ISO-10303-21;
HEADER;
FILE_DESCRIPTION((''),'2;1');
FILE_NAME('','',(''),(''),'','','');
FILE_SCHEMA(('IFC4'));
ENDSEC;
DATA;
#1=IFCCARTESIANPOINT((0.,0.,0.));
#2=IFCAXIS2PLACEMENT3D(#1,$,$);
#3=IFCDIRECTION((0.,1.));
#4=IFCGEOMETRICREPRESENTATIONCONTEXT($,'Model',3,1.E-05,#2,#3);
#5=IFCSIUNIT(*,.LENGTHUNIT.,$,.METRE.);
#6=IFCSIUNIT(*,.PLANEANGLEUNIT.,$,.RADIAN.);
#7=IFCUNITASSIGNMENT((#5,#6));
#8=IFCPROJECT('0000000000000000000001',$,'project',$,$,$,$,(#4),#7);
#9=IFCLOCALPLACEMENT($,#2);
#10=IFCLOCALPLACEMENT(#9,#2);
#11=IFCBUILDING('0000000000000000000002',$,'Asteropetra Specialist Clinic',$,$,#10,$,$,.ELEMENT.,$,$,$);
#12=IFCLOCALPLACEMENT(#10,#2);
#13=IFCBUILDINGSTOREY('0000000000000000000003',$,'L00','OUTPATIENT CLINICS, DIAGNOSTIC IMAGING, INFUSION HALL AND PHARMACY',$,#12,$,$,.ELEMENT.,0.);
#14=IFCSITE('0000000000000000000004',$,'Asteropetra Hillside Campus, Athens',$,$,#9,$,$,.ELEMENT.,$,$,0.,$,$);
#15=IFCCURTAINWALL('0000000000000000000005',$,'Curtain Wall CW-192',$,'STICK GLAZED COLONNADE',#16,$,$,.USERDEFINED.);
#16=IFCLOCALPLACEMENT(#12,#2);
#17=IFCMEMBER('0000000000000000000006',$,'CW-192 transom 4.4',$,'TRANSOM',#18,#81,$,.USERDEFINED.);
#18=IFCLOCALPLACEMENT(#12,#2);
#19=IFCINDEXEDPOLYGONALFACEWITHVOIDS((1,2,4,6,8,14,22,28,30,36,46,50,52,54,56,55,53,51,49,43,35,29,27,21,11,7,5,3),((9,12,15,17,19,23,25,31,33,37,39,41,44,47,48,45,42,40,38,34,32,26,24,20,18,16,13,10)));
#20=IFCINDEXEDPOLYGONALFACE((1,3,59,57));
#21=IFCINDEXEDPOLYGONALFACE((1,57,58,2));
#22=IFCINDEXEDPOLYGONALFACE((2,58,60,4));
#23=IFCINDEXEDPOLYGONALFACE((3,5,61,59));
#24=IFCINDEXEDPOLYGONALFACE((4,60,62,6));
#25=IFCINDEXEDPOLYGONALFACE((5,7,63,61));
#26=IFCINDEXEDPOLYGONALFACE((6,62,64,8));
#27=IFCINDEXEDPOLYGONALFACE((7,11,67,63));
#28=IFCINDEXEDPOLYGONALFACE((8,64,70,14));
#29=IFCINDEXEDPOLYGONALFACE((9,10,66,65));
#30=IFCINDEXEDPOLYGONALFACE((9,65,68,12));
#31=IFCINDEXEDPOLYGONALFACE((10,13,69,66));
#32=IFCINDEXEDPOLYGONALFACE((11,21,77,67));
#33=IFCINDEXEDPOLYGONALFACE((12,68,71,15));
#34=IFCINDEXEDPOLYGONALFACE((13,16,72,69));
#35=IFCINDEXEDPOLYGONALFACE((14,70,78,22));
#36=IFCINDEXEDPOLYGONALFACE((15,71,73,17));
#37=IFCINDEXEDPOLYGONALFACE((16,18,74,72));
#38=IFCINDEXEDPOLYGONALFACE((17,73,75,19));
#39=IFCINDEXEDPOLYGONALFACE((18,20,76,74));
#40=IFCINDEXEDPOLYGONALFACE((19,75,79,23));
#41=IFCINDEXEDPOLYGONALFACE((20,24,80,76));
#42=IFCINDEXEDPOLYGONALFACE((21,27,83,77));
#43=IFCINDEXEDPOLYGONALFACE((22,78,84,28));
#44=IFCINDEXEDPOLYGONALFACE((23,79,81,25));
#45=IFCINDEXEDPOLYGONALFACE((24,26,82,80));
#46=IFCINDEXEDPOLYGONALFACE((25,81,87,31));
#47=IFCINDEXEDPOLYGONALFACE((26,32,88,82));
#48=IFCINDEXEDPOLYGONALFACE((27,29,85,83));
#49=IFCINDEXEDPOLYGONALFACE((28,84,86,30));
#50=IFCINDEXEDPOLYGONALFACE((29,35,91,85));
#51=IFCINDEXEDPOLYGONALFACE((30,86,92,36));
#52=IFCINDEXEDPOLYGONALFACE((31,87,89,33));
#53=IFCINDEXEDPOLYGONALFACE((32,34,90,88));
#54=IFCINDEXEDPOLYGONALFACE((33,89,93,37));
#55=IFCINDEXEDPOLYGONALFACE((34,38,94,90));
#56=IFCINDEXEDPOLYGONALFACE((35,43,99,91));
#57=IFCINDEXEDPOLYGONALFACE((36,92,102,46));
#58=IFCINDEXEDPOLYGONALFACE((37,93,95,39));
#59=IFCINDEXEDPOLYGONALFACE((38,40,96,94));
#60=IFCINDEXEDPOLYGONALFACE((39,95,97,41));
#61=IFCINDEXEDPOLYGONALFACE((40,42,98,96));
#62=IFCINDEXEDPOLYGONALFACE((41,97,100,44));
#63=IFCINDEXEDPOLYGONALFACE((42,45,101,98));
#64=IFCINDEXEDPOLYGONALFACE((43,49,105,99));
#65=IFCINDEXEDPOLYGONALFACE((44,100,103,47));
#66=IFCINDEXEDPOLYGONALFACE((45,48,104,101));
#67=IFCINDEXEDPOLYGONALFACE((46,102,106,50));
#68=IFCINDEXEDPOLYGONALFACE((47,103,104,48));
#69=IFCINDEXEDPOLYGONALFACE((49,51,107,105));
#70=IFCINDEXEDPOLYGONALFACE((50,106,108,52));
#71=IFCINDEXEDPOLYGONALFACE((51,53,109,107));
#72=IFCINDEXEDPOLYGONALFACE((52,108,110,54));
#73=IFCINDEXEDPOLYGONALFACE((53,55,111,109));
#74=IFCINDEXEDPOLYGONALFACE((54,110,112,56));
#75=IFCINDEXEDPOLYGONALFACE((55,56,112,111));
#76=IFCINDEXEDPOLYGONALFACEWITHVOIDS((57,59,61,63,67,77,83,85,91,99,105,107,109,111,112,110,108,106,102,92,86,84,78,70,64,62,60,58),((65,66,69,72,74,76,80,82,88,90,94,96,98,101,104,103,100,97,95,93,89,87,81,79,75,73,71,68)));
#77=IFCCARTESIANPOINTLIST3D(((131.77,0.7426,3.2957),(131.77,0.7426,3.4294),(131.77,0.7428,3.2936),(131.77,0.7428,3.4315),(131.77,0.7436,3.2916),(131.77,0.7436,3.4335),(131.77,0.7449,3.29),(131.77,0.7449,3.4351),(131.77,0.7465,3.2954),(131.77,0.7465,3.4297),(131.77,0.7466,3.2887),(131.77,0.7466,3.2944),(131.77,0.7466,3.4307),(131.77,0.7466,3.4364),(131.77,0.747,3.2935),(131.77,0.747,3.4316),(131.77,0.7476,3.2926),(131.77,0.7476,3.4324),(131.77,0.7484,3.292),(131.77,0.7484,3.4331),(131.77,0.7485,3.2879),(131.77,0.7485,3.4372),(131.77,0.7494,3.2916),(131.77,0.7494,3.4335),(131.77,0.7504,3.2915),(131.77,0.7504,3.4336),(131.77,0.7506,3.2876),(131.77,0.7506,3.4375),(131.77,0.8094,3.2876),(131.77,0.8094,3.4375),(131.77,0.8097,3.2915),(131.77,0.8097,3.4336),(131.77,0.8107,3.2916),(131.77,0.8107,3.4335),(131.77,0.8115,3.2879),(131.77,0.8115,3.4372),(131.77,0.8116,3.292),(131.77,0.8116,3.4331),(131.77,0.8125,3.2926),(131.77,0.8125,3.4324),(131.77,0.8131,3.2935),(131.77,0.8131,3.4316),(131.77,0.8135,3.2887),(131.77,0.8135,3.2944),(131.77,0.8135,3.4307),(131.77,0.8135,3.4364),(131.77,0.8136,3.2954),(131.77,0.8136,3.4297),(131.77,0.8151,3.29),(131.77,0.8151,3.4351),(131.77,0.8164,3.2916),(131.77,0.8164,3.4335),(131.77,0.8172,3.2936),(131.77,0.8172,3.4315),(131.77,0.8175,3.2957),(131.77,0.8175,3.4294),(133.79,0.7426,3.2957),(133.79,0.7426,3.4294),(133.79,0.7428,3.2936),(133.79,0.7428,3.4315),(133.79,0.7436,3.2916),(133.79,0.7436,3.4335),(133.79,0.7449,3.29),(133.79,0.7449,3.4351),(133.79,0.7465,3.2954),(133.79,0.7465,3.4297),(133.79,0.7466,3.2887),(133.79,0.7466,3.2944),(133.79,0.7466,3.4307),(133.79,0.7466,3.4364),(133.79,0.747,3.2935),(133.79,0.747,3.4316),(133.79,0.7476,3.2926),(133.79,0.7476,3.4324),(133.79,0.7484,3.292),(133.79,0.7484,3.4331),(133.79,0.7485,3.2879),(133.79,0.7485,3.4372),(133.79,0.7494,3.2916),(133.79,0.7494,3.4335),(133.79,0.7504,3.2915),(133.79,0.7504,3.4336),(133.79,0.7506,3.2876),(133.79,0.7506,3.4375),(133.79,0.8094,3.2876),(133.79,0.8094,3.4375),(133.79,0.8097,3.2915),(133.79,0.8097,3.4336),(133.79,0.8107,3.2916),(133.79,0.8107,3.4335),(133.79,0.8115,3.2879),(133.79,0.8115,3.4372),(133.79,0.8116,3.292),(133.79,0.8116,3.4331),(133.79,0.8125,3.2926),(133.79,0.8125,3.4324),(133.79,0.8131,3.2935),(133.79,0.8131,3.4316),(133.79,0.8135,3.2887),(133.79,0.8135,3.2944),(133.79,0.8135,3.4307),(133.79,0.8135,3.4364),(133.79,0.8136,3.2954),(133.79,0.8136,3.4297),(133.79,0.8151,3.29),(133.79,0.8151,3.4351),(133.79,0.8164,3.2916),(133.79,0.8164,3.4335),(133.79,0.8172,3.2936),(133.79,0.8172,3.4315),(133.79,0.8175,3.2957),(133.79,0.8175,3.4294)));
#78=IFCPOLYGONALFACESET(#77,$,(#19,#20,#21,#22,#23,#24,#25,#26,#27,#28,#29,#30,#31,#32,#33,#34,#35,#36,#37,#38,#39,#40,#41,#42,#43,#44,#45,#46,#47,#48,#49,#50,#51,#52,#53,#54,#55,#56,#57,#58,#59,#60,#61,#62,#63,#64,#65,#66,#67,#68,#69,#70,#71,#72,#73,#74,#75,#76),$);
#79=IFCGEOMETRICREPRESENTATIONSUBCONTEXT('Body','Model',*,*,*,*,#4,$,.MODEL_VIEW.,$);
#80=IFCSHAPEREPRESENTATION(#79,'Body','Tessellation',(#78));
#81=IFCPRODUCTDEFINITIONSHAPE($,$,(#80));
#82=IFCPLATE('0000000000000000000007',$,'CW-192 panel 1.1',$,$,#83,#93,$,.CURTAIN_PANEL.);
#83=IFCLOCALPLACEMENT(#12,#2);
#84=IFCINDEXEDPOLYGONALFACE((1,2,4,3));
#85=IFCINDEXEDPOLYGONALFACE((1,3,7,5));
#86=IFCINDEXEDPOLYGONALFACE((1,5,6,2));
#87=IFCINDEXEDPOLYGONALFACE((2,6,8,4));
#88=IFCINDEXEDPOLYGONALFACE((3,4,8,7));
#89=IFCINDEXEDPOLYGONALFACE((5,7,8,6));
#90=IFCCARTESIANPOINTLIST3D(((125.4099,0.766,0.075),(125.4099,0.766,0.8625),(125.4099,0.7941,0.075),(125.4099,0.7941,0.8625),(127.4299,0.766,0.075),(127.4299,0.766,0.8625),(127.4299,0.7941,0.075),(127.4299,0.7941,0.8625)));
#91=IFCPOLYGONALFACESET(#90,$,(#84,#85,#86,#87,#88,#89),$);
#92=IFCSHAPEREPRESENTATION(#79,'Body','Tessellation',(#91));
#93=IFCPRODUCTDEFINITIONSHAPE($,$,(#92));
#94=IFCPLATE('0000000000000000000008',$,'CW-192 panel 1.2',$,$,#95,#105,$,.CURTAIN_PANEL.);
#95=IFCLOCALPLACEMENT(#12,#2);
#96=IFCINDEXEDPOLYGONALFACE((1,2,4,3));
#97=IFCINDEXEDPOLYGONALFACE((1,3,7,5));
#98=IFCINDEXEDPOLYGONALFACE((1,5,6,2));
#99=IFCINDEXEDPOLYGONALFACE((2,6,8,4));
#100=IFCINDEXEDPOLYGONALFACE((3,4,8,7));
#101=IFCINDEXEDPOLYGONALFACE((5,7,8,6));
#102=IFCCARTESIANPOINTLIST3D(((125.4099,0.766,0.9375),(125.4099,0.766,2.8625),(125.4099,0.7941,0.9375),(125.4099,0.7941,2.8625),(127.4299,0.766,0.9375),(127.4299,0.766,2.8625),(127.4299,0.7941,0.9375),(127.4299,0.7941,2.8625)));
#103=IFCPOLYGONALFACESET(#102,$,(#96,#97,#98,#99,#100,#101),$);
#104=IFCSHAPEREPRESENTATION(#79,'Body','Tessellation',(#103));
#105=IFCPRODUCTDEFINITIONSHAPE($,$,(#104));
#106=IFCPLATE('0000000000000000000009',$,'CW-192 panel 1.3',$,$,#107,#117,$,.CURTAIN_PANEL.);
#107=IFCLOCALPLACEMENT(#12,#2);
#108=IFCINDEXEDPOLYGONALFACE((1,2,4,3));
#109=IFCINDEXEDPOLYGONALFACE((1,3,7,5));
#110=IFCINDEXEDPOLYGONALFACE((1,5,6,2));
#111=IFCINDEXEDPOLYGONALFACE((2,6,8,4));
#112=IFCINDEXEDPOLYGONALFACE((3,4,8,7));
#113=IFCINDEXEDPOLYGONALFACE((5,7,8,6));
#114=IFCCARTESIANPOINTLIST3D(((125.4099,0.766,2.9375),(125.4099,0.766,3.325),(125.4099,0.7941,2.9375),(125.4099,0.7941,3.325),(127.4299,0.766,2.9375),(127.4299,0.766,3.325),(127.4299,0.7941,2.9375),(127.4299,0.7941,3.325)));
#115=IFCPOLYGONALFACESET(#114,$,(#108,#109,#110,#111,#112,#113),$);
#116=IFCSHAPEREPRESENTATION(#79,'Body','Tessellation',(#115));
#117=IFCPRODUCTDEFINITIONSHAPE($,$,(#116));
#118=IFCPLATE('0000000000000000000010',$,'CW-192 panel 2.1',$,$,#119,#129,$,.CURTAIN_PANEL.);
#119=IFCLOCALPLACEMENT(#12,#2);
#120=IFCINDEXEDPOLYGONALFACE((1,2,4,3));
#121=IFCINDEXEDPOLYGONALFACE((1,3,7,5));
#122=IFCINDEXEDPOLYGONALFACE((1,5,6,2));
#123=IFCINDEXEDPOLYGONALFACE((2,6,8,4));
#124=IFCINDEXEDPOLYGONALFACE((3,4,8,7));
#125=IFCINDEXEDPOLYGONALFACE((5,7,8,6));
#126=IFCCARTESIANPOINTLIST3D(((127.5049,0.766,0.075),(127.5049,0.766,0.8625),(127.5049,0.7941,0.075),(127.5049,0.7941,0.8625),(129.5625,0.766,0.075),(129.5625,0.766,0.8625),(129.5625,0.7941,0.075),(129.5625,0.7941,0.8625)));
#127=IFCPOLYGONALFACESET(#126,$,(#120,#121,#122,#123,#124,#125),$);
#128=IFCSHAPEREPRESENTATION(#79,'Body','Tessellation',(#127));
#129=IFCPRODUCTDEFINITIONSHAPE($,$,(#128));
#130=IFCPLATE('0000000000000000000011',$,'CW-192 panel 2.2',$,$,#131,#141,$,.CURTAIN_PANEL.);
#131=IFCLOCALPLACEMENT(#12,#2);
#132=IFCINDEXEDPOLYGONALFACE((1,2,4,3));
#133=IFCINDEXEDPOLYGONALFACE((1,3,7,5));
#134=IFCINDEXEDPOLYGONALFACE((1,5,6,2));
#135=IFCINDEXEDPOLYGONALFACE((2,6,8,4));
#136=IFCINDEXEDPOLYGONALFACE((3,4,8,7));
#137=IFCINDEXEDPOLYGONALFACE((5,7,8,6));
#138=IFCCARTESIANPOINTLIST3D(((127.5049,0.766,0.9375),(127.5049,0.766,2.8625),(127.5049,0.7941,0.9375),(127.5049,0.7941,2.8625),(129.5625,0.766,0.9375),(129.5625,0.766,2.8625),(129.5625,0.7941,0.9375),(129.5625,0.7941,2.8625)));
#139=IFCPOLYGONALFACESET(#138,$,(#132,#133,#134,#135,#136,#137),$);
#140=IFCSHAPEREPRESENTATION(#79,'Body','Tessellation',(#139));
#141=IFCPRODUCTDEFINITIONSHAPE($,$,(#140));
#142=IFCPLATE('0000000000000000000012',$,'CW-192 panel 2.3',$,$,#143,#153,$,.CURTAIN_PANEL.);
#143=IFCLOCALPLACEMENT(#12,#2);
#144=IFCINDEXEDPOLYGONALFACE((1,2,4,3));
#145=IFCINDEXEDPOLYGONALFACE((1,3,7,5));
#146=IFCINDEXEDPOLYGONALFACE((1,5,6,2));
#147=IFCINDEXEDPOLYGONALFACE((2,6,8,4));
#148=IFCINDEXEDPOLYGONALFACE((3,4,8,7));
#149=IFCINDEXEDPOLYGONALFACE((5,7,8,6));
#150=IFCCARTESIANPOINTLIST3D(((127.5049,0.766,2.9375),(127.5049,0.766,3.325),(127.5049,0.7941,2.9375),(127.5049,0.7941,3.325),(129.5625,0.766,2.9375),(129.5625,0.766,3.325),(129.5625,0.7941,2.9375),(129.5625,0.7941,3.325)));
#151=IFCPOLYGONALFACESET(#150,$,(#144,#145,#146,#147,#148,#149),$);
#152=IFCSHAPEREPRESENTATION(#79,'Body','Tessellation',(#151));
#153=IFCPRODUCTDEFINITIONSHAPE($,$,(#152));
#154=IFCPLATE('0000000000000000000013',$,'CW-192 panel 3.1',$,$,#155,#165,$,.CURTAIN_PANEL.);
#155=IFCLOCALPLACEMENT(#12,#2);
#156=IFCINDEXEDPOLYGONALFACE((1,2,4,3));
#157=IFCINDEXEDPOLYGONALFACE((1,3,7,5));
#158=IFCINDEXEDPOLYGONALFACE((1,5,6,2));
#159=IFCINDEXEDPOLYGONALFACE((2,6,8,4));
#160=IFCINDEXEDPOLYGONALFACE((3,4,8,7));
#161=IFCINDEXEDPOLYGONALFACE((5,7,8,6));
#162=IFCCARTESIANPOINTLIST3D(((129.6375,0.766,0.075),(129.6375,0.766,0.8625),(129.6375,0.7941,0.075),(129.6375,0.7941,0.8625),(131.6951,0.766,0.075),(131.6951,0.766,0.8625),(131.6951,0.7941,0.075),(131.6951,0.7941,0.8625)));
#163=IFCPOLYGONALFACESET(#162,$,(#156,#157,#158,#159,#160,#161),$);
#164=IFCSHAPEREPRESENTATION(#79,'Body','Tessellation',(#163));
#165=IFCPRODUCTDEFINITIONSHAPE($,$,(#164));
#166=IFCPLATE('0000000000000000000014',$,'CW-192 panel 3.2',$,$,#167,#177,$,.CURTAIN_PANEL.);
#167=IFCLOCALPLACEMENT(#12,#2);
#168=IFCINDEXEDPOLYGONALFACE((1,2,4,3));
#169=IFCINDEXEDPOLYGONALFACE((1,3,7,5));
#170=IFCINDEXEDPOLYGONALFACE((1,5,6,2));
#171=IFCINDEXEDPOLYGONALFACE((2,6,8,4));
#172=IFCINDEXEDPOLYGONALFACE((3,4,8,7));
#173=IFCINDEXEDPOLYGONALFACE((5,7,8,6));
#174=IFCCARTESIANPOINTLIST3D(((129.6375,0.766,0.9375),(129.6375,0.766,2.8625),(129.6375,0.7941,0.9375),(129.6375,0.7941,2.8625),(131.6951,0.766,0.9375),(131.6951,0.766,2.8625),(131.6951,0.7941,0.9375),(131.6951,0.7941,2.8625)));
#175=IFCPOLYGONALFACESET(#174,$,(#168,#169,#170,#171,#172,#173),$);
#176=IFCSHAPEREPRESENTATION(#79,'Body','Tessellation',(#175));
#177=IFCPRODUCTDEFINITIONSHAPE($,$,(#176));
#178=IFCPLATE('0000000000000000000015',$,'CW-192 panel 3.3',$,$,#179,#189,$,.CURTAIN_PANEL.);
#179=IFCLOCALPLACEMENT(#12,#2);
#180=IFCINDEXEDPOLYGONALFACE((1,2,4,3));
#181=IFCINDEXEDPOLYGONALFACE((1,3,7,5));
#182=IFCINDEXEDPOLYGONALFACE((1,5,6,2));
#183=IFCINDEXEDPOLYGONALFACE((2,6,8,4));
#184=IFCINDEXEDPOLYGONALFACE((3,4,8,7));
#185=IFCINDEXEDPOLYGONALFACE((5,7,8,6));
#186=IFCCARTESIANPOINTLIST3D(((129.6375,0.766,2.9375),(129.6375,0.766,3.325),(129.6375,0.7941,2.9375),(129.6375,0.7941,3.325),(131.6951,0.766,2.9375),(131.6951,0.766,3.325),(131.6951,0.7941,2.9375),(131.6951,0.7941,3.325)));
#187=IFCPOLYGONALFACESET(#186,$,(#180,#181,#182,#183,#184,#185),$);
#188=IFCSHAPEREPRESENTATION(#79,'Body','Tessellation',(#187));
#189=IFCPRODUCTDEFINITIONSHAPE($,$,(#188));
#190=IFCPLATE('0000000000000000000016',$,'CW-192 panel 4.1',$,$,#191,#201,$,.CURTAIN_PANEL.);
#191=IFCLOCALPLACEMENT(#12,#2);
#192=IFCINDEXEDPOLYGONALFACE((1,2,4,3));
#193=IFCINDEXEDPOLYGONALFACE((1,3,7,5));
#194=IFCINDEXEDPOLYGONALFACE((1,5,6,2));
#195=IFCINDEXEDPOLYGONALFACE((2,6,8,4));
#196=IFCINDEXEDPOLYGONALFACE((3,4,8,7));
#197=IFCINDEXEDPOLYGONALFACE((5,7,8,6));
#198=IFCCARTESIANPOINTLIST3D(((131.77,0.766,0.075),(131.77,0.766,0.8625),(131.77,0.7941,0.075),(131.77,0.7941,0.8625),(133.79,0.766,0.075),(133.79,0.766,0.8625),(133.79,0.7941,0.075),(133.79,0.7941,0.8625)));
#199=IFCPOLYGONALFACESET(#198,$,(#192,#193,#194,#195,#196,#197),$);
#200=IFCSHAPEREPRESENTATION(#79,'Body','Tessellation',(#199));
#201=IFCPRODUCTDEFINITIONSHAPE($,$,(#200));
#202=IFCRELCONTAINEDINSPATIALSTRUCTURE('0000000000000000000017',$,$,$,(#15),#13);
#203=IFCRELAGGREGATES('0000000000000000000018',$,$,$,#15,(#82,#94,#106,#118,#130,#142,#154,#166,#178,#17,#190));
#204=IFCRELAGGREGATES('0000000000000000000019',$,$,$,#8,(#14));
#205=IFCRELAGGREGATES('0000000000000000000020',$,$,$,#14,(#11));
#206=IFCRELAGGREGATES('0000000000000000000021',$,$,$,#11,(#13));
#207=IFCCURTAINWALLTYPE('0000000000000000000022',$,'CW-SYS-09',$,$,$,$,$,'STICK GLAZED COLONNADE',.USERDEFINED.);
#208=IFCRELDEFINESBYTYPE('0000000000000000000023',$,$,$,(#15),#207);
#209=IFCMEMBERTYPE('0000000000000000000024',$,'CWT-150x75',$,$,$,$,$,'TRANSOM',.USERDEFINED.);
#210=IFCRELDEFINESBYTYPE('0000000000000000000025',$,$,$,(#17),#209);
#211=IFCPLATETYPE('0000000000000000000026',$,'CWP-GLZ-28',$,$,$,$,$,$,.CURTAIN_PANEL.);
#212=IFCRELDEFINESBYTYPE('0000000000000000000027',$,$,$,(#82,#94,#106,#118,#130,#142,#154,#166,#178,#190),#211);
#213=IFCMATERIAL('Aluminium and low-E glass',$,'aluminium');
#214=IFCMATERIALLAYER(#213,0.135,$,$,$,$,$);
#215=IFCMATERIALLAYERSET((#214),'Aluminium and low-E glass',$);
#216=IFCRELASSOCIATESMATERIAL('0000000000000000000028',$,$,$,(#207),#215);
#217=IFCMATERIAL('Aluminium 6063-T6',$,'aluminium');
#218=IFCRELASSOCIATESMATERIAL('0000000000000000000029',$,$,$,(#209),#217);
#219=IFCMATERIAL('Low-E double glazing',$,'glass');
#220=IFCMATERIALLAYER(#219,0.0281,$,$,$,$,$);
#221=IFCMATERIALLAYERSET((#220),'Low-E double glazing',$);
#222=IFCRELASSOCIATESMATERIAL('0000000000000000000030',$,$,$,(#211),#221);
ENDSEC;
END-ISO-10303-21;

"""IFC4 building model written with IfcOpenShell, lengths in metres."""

from ifc_helpers import new_model, si_unit, direction, frame, origin, origin_2d, place, context, subcontext, project, spatial, rectangle, hollow_rectangle, extrude, material, layer, layer_set, material_profile, profile_set, type_object, element, aggregate, save


model = new_model("IFC4")

# Units and contexts
model_context = context("Model", 3, precision=1e-05, world=origin(), true_north=direction((0.0, 1.0)))
body_context = subcontext(model_context, "Body", "Model", "MODEL_VIEW")
ifc_project = project(units=[si_unit("LENGTHUNIT", "METRE"), si_unit("PLANEANGLEUNIT", "RADIAN")], contexts=[model_context])

# Site, building, storey
site_placement = place(None, origin())
site = spatial("IfcSite", under=ifc_project, at=site_placement, Name="Asteropetra Hillside Campus, Athens", CompositionType="ELEMENT", RefElevation=0.0)
building_placement = place(site_placement, origin())
building = spatial("IfcBuilding", under=site, at=building_placement, Name="Asteropetra Specialist Clinic", CompositionType="ELEMENT")
storey_placement = place(building_placement, origin())
storey = spatial("IfcBuildingStorey", under=building, at=storey_placement, Name="L00", Description="OUTPATIENT CLINICS, DIAGNOSTIC IMAGING, INFUSION HALL AND PHARMACY", CompositionType="ELEMENT", Elevation=0.0)

# Curtain wall, member, plates
ifc_material_1 = material(Name="Aluminium and low-E glass", Category="aluminium")
ifc_layer_1 = layer(ifc_material_1, 0.135)
ifc_layer_set_1 = layer_set([ifc_layer_1], Name="Aluminium and low-E glass")
curtain_wall_type = type_object("IfcCurtainWallType", Name="CW-SYS-09", ElementType="STICK GLAZED COLONNADE", PredefinedType="USERDEFINED", material=ifc_layer_set_1)
curtain_wall_placement = place(storey_placement, origin())
curtain_wall = element("IfcCurtainWall", 1, at=curtain_wall_placement, inside=storey, type_object=curtain_wall_type, Name="Curtain Wall CW-192", ObjectType="STICK GLAZED COLONNADE", PredefinedType="USERDEFINED")
ifc_material_2 = material(Name="Aluminium 6063-T6", Category="aluminium")
ifc_material_profile_1 = material_profile(ifc_material_2, hollow_rectangle(XDim=0.075, YDim=0.1499, WallThickness=0.0039, InnerFilletRadius=0.0039, OuterFilletRadius=0.0081, at=origin_2d()), Name="TRN 150x75x4.0")
ifc_profile_set_1 = profile_set([ifc_material_profile_1], Name="Aluminium 6063-T6")
member_type_1 = type_object("IfcMemberType", Name="CWT-150x75", ElementType="TRANSOM", PredefinedType="USERDEFINED", material=ifc_profile_set_1)
member_1_placement = place(storey_placement, frame((131.77, 0.78, 3.3625), z_axis=(1.0, 0.0, 0.0), x_axis=(0.0, 1.0, 0.0)))
member_1 = element("IfcMember", 2, at=member_1_placement, type_object=member_type_1, Name="CW-192 transom 4.4", ObjectType="TRANSOM", PredefinedType="USERDEFINED", context=body_context, shape_type="SweptSolid", body=[
    extrude(hollow_rectangle(XDim=0.075, YDim=0.1499, WallThickness=0.0039, InnerFilletRadius=0.0039, OuterFilletRadius=0.0081, at=origin_2d()), origin(), (0.0, 0.0, 1.0), 2.02),
])
ifc_material_3 = material(Name="Low-E double glazing", Category="glass")
ifc_layer_2 = layer(ifc_material_3, 0.0281)
ifc_layer_set_2 = layer_set([ifc_layer_2], Name="Low-E double glazing")
plate_type = type_object("IfcPlateType", Name="CWP-GLZ-28", PredefinedType="CURTAIN_PANEL", material=ifc_layer_set_2)
plate_1_placement = place(storey_placement, frame((126.4199, 0.78, 0.075), z_axis=(0.0, 0.0, 1.0), x_axis=(1.0, 0.0, 0.0)))
plate_1 = element("IfcPlate", 3, at=plate_1_placement, type_object=plate_type, Name="CW-192 panel 1.1", PredefinedType="CURTAIN_PANEL", context=body_context, shape_type="SweptSolid", body=[
    extrude(rectangle(XDim=2.02, YDim=0.0281, at=origin_2d()), origin(), (0.0, 0.0, 1.0), 0.7876),
])
plate_2_placement = place(storey_placement, frame((126.4199, 0.78, 0.9375), z_axis=(0.0, 0.0, 1.0), x_axis=(1.0, 0.0, 0.0)))
plate_2 = element("IfcPlate", 4, at=plate_2_placement, type_object=plate_type, Name="CW-192 panel 1.2", PredefinedType="CURTAIN_PANEL", context=body_context, shape_type="SweptSolid", body=[
    extrude(rectangle(XDim=2.02, YDim=0.0281, at=origin_2d()), origin(), (0.0, 0.0, 1.0), 1.925),
])
plate_3_placement = place(storey_placement, frame((126.4199, 0.78, 2.9375), z_axis=(0.0, 0.0, 1.0), x_axis=(1.0, 0.0, 0.0)))
plate_3 = element("IfcPlate", 5, at=plate_3_placement, type_object=plate_type, Name="CW-192 panel 1.3", PredefinedType="CURTAIN_PANEL", context=body_context, shape_type="SweptSolid", body=[
    extrude(rectangle(XDim=2.02, YDim=0.0281, at=origin_2d()), origin(), (0.0, 0.0, 1.0), 0.3875),
])
plate_4_placement = place(storey_placement, frame((128.5337, 0.78, 0.075), z_axis=(0.0, 0.0, 1.0), x_axis=(1.0, 0.0, 0.0)))
plate_4 = element("IfcPlate", 6, at=plate_4_placement, type_object=plate_type, Name="CW-192 panel 2.1", PredefinedType="CURTAIN_PANEL", context=body_context, shape_type="SweptSolid", body=[
    extrude(rectangle(XDim=2.0576, YDim=0.0281, at=origin_2d()), origin(), (0.0, 0.0, 1.0), 0.7876),
])
plate_5_placement = place(storey_placement, frame((128.5337, 0.78, 0.9375), z_axis=(0.0, 0.0, 1.0), x_axis=(1.0, 0.0, 0.0)))
plate_5 = element("IfcPlate", 7, at=plate_5_placement, type_object=plate_type, Name="CW-192 panel 2.2", PredefinedType="CURTAIN_PANEL", context=body_context, shape_type="SweptSolid", body=[
    extrude(rectangle(XDim=2.0576, YDim=0.0281, at=origin_2d()), origin(), (0.0, 0.0, 1.0), 1.925),
])
plate_6_placement = place(storey_placement, frame((128.5337, 0.78, 2.9375), z_axis=(0.0, 0.0, 1.0), x_axis=(1.0, 0.0, 0.0)))
plate_6 = element("IfcPlate", 8, at=plate_6_placement, type_object=plate_type, Name="CW-192 panel 2.3", PredefinedType="CURTAIN_PANEL", context=body_context, shape_type="SweptSolid", body=[
    extrude(rectangle(XDim=2.0576, YDim=0.0281, at=origin_2d()), origin(), (0.0, 0.0, 1.0), 0.3875),
])
plate_7_placement = place(storey_placement, frame((130.6663, 0.78, 0.075), z_axis=(0.0, 0.0, 1.0), x_axis=(1.0, 0.0, 0.0)))
plate_7 = element("IfcPlate", 9, at=plate_7_placement, type_object=plate_type, Name="CW-192 panel 3.1", PredefinedType="CURTAIN_PANEL", context=body_context, shape_type="SweptSolid", body=[
    extrude(rectangle(XDim=2.0576, YDim=0.0281, at=origin_2d()), origin(), (0.0, 0.0, 1.0), 0.7876),
])
plate_8_placement = place(storey_placement, frame((130.6663, 0.78, 0.9375), z_axis=(0.0, 0.0, 1.0), x_axis=(1.0, 0.0, 0.0)))
plate_8 = element("IfcPlate", 10, at=plate_8_placement, type_object=plate_type, Name="CW-192 panel 3.2", PredefinedType="CURTAIN_PANEL", context=body_context, shape_type="SweptSolid", body=[
    extrude(rectangle(XDim=2.0576, YDim=0.0281, at=origin_2d()), origin(), (0.0, 0.0, 1.0), 1.925),
])
plate_9_placement = place(storey_placement, frame((130.6663, 0.78, 2.9375), z_axis=(0.0, 0.0, 1.0), x_axis=(1.0, 0.0, 0.0)))
plate_9 = element("IfcPlate", 11, at=plate_9_placement, type_object=plate_type, Name="CW-192 panel 3.3", PredefinedType="CURTAIN_PANEL", context=body_context, shape_type="SweptSolid", body=[
    extrude(rectangle(XDim=2.0576, YDim=0.0281, at=origin_2d()), origin(), (0.0, 0.0, 1.0), 0.3875),
])
plate_10_placement = place(storey_placement, frame((132.78, 0.78, 0.075), z_axis=(0.0, 0.0, 1.0), x_axis=(1.0, 0.0, 0.0)))
plate_10 = element("IfcPlate", 12, at=plate_10_placement, type_object=plate_type, Name="CW-192 panel 4.1", PredefinedType="CURTAIN_PANEL", context=body_context, shape_type="SweptSolid", body=[
    extrude(rectangle(XDim=2.02, YDim=0.0281, at=origin_2d()), origin(), (0.0, 0.0, 1.0), 0.7876),
])
aggregate(curtain_wall, [plate_1, plate_2, plate_3, plate_4, plate_5, plate_6, plate_7, plate_8, plate_9, member_1, plate_10])

save(model, "model.ifc")
